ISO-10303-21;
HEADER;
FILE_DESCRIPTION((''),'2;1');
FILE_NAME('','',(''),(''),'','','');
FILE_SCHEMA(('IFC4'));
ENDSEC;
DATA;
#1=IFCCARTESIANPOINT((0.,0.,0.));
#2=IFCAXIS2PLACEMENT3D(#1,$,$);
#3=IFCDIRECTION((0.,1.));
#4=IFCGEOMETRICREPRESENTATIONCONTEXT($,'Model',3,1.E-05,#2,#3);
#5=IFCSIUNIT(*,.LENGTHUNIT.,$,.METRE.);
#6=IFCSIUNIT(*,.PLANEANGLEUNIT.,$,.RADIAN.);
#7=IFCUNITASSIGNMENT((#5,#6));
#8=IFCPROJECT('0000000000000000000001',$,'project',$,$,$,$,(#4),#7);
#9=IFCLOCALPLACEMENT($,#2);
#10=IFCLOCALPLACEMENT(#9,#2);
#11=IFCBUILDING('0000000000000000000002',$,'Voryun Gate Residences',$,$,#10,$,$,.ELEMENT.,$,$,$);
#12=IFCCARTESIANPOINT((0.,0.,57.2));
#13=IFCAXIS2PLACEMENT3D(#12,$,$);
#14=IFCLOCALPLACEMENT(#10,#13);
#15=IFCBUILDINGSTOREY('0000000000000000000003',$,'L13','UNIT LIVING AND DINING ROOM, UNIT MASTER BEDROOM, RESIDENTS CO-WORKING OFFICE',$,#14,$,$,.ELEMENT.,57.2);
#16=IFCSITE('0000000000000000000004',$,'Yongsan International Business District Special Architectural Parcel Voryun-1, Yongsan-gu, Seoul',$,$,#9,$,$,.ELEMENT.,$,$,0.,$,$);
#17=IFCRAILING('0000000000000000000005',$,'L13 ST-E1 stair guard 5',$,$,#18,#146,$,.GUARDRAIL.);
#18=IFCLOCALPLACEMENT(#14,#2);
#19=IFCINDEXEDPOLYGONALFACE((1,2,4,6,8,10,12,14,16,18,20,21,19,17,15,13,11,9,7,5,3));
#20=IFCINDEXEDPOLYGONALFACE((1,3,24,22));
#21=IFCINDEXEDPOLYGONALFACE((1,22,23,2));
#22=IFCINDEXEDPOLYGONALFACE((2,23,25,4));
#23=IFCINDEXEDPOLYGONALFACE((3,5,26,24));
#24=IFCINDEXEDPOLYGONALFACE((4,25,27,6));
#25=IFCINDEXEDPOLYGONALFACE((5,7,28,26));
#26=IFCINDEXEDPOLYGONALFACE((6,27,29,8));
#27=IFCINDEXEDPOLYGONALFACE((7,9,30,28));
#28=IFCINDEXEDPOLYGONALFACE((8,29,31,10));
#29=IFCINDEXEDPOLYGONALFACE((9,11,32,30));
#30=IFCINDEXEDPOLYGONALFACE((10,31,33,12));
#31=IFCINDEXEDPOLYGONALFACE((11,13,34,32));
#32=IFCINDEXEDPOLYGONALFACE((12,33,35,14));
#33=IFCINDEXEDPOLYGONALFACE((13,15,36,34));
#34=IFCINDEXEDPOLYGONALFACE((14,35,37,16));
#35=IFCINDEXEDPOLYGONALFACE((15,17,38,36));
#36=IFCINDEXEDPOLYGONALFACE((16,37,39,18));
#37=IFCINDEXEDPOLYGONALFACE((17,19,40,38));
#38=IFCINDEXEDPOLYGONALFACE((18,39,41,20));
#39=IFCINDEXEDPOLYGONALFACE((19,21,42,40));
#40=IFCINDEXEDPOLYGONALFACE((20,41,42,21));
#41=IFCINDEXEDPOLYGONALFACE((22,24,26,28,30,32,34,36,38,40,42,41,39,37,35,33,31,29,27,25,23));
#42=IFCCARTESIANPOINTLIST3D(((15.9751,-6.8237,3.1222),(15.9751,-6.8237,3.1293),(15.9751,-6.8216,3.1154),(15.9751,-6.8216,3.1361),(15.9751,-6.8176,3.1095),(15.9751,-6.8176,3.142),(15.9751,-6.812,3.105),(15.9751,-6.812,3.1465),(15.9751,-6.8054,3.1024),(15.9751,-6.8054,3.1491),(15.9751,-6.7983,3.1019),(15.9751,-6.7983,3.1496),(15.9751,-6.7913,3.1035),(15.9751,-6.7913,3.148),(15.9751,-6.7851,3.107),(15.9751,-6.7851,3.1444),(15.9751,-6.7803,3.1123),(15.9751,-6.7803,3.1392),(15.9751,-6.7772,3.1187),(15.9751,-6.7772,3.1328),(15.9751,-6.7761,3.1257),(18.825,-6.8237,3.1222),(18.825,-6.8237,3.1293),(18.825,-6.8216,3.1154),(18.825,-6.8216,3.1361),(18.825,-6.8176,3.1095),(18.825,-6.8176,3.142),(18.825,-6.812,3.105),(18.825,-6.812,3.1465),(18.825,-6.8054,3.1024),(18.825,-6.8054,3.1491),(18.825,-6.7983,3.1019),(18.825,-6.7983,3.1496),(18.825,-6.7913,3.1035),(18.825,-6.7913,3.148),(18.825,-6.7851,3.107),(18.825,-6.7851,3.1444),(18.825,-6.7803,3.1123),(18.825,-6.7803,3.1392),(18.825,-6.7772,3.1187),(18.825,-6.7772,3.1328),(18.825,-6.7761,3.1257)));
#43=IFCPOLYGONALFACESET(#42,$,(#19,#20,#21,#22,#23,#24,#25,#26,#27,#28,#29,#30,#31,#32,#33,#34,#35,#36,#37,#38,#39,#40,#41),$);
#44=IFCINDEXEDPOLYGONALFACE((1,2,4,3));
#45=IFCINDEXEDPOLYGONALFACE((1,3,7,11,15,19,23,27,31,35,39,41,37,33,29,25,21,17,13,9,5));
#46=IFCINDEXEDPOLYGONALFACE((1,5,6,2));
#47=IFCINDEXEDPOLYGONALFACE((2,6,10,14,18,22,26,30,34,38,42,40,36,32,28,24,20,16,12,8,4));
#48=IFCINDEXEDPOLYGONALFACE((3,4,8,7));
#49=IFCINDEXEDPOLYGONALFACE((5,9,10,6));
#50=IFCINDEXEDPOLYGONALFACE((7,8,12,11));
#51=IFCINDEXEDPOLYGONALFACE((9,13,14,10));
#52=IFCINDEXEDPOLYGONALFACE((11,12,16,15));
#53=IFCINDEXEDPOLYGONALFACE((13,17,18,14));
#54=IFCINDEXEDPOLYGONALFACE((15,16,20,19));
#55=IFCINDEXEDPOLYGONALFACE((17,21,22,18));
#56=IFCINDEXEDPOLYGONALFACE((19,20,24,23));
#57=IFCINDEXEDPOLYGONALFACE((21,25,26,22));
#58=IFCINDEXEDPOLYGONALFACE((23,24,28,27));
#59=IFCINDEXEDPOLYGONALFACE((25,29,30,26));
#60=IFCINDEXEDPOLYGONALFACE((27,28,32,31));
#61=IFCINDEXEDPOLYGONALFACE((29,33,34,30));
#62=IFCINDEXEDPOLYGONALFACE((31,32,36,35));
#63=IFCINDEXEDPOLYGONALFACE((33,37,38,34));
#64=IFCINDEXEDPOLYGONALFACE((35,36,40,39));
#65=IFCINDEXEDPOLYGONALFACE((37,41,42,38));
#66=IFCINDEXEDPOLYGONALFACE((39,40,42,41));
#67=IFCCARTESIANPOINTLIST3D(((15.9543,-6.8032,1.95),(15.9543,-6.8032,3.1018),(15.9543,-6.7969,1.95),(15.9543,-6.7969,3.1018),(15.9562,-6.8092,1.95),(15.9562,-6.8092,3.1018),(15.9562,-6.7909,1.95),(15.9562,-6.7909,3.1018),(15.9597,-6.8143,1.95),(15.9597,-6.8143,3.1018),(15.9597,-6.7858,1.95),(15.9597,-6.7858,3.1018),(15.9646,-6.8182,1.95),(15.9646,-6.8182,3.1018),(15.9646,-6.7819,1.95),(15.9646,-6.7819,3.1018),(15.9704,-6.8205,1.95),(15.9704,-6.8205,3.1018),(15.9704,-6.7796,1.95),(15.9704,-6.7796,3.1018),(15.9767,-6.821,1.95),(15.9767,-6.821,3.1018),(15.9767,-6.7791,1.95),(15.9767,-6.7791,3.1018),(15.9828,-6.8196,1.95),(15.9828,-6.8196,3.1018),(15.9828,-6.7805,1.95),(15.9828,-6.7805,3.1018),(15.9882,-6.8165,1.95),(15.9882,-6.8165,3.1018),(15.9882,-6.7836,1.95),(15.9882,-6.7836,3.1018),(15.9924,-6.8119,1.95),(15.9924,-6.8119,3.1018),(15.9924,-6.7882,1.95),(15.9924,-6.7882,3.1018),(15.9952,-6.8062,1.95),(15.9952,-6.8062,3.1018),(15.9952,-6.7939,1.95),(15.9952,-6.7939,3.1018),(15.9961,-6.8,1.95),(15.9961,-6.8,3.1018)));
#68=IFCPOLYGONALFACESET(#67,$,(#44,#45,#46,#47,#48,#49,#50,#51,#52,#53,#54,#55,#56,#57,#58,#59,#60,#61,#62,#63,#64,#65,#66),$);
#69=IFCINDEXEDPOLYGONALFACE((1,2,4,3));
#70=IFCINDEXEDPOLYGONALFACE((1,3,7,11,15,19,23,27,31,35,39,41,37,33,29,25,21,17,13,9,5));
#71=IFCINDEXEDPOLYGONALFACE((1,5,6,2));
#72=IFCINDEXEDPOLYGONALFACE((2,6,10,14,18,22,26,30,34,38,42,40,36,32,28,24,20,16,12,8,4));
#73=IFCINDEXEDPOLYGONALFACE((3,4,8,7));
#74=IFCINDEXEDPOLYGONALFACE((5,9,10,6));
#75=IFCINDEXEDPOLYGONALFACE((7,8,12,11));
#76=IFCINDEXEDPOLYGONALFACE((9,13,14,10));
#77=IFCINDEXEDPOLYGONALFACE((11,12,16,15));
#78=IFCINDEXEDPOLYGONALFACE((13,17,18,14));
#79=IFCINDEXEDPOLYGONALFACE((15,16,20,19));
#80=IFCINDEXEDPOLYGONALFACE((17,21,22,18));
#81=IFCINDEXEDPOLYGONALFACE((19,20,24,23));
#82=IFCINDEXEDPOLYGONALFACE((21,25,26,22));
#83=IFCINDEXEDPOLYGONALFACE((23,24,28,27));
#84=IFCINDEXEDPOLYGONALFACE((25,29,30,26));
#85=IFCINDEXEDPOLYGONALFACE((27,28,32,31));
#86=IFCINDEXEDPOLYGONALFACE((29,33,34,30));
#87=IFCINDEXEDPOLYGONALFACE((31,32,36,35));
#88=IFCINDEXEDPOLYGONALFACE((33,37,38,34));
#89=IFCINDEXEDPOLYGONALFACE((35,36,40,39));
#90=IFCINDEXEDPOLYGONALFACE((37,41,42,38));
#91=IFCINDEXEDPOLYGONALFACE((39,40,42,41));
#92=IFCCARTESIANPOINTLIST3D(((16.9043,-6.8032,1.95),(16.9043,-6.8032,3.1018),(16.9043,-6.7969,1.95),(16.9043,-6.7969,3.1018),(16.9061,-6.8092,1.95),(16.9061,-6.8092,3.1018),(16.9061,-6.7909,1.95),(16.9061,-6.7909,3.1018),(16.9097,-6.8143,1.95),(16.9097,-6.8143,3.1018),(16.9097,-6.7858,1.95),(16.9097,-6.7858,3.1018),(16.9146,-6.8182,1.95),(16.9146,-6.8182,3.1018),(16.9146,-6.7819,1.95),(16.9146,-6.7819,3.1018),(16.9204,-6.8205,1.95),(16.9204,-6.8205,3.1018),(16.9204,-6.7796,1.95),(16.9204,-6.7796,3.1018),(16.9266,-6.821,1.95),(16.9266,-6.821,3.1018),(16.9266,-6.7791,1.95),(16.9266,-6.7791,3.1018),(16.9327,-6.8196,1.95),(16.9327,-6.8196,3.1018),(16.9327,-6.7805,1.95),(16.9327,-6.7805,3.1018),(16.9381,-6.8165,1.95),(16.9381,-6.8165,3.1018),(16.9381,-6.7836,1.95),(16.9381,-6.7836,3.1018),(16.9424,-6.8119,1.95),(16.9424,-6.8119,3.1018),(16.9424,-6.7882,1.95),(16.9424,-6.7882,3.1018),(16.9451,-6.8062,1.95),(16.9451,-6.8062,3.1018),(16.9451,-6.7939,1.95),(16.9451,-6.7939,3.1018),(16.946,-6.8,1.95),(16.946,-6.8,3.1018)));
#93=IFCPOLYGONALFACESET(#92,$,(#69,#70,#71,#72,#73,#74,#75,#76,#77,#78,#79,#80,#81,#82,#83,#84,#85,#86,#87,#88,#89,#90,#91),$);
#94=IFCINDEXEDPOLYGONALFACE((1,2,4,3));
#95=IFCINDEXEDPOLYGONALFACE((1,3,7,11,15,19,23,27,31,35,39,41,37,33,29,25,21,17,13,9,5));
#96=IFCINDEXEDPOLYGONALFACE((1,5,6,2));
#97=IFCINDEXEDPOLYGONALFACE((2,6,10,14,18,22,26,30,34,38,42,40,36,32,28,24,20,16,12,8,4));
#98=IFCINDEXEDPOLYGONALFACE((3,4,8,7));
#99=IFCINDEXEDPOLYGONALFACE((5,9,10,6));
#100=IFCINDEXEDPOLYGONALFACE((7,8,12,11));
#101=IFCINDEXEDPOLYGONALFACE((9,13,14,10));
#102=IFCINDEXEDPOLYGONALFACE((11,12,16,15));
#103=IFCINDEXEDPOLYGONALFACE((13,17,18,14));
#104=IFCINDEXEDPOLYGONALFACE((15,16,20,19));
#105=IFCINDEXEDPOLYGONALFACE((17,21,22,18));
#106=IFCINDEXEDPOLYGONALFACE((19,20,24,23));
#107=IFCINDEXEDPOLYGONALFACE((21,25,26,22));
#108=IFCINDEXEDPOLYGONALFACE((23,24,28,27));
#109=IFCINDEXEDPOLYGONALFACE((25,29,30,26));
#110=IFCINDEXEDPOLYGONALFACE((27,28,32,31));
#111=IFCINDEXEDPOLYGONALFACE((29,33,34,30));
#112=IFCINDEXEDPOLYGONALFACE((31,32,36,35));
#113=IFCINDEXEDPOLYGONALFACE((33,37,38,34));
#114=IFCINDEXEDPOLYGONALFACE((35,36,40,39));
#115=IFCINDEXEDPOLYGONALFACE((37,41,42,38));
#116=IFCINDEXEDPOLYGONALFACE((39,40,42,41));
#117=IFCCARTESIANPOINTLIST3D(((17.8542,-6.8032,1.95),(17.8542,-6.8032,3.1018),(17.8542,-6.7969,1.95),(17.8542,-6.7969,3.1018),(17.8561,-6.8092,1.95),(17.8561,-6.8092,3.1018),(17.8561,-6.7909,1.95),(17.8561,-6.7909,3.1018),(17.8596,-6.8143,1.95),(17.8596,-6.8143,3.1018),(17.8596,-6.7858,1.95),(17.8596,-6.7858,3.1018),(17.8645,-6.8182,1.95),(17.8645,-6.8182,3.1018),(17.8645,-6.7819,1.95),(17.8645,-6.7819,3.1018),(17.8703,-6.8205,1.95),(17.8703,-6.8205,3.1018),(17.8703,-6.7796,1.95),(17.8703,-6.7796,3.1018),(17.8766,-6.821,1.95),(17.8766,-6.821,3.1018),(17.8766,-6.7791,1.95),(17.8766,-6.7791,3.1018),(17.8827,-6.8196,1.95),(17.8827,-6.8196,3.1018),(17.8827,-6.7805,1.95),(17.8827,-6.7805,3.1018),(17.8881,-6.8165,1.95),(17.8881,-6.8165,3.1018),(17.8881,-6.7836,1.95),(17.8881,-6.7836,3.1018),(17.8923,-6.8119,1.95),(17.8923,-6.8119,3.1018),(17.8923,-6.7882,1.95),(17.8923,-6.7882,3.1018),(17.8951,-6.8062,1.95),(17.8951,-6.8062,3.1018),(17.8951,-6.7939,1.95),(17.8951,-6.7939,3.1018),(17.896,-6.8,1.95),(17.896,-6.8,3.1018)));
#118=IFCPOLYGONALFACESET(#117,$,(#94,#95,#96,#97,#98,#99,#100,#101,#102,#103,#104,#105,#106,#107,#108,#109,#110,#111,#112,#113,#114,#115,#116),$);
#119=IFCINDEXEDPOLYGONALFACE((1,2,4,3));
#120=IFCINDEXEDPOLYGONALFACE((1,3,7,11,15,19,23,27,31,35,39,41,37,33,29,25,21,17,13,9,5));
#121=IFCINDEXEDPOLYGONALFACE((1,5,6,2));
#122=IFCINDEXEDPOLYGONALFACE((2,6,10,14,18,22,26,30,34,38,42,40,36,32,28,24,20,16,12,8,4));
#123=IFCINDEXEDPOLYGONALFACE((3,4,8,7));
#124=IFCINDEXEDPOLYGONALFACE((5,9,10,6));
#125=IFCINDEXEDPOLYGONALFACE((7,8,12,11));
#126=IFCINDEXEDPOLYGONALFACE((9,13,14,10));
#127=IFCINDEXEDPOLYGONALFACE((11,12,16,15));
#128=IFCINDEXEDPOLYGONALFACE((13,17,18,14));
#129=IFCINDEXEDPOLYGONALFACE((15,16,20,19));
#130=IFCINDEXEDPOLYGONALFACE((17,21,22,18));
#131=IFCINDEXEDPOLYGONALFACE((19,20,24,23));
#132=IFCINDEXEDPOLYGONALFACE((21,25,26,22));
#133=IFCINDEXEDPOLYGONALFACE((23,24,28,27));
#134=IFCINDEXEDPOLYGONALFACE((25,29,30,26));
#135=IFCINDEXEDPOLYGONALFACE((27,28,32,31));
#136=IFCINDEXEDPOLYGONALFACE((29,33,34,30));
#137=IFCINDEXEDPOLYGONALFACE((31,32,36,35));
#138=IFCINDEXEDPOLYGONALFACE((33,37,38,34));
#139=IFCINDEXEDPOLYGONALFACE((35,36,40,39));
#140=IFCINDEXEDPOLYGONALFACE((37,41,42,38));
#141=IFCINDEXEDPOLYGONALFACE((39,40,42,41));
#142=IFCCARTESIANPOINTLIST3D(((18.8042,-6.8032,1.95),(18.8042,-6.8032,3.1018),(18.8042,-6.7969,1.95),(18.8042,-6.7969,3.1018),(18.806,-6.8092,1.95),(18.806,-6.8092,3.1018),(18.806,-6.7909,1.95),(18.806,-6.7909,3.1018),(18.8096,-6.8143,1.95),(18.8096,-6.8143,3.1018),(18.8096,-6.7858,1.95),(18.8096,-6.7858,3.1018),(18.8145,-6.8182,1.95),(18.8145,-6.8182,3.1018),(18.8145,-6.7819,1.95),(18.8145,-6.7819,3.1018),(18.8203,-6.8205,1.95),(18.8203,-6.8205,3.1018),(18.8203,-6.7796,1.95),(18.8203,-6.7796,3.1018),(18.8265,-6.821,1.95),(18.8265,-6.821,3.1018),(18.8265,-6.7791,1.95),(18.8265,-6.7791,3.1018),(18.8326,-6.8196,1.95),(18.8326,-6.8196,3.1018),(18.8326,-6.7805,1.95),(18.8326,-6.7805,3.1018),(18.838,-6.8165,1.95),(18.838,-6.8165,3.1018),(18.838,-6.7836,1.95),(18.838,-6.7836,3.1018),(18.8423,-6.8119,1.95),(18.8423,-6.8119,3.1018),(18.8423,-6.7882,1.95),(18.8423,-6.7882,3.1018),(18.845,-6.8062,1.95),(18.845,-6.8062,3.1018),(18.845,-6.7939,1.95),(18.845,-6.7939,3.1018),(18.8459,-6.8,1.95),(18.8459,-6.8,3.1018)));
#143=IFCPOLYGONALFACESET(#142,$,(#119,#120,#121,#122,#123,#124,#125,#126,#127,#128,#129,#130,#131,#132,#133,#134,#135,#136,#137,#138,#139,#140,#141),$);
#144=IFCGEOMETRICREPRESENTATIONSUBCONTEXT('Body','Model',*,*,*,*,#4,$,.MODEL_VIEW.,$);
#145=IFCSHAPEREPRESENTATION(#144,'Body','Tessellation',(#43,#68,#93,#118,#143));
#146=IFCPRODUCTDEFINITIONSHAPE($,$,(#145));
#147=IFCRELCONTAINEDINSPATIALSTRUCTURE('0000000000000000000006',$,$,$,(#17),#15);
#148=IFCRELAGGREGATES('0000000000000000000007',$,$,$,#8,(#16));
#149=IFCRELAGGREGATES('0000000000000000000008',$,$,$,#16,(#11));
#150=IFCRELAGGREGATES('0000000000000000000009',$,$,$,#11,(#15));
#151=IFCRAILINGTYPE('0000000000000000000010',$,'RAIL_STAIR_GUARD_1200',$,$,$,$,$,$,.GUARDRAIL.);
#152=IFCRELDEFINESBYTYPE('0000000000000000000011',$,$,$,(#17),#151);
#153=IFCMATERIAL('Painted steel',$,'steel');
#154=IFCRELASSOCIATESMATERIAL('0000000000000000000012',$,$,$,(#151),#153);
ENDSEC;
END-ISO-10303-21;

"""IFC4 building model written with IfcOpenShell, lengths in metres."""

from ifc_helpers import new_model, si_unit, direction, frame, origin, origin_2d, place, context, subcontext, project, spatial, circle, extrude, material, type_object, element, save


model = new_model("IFC4")

# Units and contexts
model_context = context("Model", 3, precision=1e-05, world=origin(), true_north=direction((0.0, 1.0)))
body_context = subcontext(model_context, "Body", "Model", "MODEL_VIEW")
ifc_project = project(units=[si_unit("LENGTHUNIT", "METRE"), si_unit("PLANEANGLEUNIT", "RADIAN")], contexts=[model_context])

# Site, building, storey
site_placement = place(None, origin())
site = spatial("IfcSite", under=ifc_project, at=site_placement, Name="Yongsan International Business District Special Architectural Parcel Voryun-1, Yongsan-gu, Seoul", CompositionType="ELEMENT", RefElevation=0.0)
building_placement = place(site_placement, origin())
building = spatial("IfcBuilding", under=site, at=building_placement, Name="Voryun Gate Residences", CompositionType="ELEMENT")
storey_placement = place(building_placement, frame((0.0, 0.0, 57.2)))
storey = spatial("IfcBuildingStorey", under=building, at=storey_placement, Name="L13", Description="UNIT LIVING AND DINING ROOM, UNIT MASTER BEDROOM, RESIDENTS CO-WORKING OFFICE", CompositionType="ELEMENT", Elevation=57.2)

# Railing
ifc_material_1 = material(Name="Painted steel", Category="steel")
railing_type_1 = type_object("IfcRailingType", Name="RAIL_STAIR_GUARD_1200", PredefinedType="GUARDRAIL", material=ifc_material_1)
railing_1_placement = place(storey_placement, frame((15.9751, -6.8, 1.95)))
element("IfcRailing", 1, at=railing_1_placement, inside=storey, type_object=railing_type_1, Name="L13 ST-E1 stair guard 5", PredefinedType="GUARDRAIL", context=body_context, shape_type="SweptSolid", body=[
    extrude(circle(Radius=0.0239, at=origin_2d()), frame((0.0, 0.0, 1.1758), z_axis=(1.0, 0.0, 0.0), x_axis=(0.0, 1.0, 0.0)), (0.0, 0.0, 1.0), 2.8499),
    extrude(circle(Radius=0.021, at=origin_2d()), origin(), (0.0, 0.0, 1.0), 1.1519),
    extrude(circle(Radius=0.021, at=origin_2d()), frame((0.95, 0.0, 0.0)), (0.0, 0.0, 1.0), 1.1519),
    extrude(circle(Radius=0.021, at=origin_2d()), frame((1.8999, 0.0, 0.0)), (0.0, 0.0, 1.0), 1.1519),
    extrude(circle(Radius=0.021, at=origin_2d()), frame((2.8499, 0.0, 0.0)), (0.0, 0.0, 1.0), 1.1519),
])

save(model, "model.ifc")
